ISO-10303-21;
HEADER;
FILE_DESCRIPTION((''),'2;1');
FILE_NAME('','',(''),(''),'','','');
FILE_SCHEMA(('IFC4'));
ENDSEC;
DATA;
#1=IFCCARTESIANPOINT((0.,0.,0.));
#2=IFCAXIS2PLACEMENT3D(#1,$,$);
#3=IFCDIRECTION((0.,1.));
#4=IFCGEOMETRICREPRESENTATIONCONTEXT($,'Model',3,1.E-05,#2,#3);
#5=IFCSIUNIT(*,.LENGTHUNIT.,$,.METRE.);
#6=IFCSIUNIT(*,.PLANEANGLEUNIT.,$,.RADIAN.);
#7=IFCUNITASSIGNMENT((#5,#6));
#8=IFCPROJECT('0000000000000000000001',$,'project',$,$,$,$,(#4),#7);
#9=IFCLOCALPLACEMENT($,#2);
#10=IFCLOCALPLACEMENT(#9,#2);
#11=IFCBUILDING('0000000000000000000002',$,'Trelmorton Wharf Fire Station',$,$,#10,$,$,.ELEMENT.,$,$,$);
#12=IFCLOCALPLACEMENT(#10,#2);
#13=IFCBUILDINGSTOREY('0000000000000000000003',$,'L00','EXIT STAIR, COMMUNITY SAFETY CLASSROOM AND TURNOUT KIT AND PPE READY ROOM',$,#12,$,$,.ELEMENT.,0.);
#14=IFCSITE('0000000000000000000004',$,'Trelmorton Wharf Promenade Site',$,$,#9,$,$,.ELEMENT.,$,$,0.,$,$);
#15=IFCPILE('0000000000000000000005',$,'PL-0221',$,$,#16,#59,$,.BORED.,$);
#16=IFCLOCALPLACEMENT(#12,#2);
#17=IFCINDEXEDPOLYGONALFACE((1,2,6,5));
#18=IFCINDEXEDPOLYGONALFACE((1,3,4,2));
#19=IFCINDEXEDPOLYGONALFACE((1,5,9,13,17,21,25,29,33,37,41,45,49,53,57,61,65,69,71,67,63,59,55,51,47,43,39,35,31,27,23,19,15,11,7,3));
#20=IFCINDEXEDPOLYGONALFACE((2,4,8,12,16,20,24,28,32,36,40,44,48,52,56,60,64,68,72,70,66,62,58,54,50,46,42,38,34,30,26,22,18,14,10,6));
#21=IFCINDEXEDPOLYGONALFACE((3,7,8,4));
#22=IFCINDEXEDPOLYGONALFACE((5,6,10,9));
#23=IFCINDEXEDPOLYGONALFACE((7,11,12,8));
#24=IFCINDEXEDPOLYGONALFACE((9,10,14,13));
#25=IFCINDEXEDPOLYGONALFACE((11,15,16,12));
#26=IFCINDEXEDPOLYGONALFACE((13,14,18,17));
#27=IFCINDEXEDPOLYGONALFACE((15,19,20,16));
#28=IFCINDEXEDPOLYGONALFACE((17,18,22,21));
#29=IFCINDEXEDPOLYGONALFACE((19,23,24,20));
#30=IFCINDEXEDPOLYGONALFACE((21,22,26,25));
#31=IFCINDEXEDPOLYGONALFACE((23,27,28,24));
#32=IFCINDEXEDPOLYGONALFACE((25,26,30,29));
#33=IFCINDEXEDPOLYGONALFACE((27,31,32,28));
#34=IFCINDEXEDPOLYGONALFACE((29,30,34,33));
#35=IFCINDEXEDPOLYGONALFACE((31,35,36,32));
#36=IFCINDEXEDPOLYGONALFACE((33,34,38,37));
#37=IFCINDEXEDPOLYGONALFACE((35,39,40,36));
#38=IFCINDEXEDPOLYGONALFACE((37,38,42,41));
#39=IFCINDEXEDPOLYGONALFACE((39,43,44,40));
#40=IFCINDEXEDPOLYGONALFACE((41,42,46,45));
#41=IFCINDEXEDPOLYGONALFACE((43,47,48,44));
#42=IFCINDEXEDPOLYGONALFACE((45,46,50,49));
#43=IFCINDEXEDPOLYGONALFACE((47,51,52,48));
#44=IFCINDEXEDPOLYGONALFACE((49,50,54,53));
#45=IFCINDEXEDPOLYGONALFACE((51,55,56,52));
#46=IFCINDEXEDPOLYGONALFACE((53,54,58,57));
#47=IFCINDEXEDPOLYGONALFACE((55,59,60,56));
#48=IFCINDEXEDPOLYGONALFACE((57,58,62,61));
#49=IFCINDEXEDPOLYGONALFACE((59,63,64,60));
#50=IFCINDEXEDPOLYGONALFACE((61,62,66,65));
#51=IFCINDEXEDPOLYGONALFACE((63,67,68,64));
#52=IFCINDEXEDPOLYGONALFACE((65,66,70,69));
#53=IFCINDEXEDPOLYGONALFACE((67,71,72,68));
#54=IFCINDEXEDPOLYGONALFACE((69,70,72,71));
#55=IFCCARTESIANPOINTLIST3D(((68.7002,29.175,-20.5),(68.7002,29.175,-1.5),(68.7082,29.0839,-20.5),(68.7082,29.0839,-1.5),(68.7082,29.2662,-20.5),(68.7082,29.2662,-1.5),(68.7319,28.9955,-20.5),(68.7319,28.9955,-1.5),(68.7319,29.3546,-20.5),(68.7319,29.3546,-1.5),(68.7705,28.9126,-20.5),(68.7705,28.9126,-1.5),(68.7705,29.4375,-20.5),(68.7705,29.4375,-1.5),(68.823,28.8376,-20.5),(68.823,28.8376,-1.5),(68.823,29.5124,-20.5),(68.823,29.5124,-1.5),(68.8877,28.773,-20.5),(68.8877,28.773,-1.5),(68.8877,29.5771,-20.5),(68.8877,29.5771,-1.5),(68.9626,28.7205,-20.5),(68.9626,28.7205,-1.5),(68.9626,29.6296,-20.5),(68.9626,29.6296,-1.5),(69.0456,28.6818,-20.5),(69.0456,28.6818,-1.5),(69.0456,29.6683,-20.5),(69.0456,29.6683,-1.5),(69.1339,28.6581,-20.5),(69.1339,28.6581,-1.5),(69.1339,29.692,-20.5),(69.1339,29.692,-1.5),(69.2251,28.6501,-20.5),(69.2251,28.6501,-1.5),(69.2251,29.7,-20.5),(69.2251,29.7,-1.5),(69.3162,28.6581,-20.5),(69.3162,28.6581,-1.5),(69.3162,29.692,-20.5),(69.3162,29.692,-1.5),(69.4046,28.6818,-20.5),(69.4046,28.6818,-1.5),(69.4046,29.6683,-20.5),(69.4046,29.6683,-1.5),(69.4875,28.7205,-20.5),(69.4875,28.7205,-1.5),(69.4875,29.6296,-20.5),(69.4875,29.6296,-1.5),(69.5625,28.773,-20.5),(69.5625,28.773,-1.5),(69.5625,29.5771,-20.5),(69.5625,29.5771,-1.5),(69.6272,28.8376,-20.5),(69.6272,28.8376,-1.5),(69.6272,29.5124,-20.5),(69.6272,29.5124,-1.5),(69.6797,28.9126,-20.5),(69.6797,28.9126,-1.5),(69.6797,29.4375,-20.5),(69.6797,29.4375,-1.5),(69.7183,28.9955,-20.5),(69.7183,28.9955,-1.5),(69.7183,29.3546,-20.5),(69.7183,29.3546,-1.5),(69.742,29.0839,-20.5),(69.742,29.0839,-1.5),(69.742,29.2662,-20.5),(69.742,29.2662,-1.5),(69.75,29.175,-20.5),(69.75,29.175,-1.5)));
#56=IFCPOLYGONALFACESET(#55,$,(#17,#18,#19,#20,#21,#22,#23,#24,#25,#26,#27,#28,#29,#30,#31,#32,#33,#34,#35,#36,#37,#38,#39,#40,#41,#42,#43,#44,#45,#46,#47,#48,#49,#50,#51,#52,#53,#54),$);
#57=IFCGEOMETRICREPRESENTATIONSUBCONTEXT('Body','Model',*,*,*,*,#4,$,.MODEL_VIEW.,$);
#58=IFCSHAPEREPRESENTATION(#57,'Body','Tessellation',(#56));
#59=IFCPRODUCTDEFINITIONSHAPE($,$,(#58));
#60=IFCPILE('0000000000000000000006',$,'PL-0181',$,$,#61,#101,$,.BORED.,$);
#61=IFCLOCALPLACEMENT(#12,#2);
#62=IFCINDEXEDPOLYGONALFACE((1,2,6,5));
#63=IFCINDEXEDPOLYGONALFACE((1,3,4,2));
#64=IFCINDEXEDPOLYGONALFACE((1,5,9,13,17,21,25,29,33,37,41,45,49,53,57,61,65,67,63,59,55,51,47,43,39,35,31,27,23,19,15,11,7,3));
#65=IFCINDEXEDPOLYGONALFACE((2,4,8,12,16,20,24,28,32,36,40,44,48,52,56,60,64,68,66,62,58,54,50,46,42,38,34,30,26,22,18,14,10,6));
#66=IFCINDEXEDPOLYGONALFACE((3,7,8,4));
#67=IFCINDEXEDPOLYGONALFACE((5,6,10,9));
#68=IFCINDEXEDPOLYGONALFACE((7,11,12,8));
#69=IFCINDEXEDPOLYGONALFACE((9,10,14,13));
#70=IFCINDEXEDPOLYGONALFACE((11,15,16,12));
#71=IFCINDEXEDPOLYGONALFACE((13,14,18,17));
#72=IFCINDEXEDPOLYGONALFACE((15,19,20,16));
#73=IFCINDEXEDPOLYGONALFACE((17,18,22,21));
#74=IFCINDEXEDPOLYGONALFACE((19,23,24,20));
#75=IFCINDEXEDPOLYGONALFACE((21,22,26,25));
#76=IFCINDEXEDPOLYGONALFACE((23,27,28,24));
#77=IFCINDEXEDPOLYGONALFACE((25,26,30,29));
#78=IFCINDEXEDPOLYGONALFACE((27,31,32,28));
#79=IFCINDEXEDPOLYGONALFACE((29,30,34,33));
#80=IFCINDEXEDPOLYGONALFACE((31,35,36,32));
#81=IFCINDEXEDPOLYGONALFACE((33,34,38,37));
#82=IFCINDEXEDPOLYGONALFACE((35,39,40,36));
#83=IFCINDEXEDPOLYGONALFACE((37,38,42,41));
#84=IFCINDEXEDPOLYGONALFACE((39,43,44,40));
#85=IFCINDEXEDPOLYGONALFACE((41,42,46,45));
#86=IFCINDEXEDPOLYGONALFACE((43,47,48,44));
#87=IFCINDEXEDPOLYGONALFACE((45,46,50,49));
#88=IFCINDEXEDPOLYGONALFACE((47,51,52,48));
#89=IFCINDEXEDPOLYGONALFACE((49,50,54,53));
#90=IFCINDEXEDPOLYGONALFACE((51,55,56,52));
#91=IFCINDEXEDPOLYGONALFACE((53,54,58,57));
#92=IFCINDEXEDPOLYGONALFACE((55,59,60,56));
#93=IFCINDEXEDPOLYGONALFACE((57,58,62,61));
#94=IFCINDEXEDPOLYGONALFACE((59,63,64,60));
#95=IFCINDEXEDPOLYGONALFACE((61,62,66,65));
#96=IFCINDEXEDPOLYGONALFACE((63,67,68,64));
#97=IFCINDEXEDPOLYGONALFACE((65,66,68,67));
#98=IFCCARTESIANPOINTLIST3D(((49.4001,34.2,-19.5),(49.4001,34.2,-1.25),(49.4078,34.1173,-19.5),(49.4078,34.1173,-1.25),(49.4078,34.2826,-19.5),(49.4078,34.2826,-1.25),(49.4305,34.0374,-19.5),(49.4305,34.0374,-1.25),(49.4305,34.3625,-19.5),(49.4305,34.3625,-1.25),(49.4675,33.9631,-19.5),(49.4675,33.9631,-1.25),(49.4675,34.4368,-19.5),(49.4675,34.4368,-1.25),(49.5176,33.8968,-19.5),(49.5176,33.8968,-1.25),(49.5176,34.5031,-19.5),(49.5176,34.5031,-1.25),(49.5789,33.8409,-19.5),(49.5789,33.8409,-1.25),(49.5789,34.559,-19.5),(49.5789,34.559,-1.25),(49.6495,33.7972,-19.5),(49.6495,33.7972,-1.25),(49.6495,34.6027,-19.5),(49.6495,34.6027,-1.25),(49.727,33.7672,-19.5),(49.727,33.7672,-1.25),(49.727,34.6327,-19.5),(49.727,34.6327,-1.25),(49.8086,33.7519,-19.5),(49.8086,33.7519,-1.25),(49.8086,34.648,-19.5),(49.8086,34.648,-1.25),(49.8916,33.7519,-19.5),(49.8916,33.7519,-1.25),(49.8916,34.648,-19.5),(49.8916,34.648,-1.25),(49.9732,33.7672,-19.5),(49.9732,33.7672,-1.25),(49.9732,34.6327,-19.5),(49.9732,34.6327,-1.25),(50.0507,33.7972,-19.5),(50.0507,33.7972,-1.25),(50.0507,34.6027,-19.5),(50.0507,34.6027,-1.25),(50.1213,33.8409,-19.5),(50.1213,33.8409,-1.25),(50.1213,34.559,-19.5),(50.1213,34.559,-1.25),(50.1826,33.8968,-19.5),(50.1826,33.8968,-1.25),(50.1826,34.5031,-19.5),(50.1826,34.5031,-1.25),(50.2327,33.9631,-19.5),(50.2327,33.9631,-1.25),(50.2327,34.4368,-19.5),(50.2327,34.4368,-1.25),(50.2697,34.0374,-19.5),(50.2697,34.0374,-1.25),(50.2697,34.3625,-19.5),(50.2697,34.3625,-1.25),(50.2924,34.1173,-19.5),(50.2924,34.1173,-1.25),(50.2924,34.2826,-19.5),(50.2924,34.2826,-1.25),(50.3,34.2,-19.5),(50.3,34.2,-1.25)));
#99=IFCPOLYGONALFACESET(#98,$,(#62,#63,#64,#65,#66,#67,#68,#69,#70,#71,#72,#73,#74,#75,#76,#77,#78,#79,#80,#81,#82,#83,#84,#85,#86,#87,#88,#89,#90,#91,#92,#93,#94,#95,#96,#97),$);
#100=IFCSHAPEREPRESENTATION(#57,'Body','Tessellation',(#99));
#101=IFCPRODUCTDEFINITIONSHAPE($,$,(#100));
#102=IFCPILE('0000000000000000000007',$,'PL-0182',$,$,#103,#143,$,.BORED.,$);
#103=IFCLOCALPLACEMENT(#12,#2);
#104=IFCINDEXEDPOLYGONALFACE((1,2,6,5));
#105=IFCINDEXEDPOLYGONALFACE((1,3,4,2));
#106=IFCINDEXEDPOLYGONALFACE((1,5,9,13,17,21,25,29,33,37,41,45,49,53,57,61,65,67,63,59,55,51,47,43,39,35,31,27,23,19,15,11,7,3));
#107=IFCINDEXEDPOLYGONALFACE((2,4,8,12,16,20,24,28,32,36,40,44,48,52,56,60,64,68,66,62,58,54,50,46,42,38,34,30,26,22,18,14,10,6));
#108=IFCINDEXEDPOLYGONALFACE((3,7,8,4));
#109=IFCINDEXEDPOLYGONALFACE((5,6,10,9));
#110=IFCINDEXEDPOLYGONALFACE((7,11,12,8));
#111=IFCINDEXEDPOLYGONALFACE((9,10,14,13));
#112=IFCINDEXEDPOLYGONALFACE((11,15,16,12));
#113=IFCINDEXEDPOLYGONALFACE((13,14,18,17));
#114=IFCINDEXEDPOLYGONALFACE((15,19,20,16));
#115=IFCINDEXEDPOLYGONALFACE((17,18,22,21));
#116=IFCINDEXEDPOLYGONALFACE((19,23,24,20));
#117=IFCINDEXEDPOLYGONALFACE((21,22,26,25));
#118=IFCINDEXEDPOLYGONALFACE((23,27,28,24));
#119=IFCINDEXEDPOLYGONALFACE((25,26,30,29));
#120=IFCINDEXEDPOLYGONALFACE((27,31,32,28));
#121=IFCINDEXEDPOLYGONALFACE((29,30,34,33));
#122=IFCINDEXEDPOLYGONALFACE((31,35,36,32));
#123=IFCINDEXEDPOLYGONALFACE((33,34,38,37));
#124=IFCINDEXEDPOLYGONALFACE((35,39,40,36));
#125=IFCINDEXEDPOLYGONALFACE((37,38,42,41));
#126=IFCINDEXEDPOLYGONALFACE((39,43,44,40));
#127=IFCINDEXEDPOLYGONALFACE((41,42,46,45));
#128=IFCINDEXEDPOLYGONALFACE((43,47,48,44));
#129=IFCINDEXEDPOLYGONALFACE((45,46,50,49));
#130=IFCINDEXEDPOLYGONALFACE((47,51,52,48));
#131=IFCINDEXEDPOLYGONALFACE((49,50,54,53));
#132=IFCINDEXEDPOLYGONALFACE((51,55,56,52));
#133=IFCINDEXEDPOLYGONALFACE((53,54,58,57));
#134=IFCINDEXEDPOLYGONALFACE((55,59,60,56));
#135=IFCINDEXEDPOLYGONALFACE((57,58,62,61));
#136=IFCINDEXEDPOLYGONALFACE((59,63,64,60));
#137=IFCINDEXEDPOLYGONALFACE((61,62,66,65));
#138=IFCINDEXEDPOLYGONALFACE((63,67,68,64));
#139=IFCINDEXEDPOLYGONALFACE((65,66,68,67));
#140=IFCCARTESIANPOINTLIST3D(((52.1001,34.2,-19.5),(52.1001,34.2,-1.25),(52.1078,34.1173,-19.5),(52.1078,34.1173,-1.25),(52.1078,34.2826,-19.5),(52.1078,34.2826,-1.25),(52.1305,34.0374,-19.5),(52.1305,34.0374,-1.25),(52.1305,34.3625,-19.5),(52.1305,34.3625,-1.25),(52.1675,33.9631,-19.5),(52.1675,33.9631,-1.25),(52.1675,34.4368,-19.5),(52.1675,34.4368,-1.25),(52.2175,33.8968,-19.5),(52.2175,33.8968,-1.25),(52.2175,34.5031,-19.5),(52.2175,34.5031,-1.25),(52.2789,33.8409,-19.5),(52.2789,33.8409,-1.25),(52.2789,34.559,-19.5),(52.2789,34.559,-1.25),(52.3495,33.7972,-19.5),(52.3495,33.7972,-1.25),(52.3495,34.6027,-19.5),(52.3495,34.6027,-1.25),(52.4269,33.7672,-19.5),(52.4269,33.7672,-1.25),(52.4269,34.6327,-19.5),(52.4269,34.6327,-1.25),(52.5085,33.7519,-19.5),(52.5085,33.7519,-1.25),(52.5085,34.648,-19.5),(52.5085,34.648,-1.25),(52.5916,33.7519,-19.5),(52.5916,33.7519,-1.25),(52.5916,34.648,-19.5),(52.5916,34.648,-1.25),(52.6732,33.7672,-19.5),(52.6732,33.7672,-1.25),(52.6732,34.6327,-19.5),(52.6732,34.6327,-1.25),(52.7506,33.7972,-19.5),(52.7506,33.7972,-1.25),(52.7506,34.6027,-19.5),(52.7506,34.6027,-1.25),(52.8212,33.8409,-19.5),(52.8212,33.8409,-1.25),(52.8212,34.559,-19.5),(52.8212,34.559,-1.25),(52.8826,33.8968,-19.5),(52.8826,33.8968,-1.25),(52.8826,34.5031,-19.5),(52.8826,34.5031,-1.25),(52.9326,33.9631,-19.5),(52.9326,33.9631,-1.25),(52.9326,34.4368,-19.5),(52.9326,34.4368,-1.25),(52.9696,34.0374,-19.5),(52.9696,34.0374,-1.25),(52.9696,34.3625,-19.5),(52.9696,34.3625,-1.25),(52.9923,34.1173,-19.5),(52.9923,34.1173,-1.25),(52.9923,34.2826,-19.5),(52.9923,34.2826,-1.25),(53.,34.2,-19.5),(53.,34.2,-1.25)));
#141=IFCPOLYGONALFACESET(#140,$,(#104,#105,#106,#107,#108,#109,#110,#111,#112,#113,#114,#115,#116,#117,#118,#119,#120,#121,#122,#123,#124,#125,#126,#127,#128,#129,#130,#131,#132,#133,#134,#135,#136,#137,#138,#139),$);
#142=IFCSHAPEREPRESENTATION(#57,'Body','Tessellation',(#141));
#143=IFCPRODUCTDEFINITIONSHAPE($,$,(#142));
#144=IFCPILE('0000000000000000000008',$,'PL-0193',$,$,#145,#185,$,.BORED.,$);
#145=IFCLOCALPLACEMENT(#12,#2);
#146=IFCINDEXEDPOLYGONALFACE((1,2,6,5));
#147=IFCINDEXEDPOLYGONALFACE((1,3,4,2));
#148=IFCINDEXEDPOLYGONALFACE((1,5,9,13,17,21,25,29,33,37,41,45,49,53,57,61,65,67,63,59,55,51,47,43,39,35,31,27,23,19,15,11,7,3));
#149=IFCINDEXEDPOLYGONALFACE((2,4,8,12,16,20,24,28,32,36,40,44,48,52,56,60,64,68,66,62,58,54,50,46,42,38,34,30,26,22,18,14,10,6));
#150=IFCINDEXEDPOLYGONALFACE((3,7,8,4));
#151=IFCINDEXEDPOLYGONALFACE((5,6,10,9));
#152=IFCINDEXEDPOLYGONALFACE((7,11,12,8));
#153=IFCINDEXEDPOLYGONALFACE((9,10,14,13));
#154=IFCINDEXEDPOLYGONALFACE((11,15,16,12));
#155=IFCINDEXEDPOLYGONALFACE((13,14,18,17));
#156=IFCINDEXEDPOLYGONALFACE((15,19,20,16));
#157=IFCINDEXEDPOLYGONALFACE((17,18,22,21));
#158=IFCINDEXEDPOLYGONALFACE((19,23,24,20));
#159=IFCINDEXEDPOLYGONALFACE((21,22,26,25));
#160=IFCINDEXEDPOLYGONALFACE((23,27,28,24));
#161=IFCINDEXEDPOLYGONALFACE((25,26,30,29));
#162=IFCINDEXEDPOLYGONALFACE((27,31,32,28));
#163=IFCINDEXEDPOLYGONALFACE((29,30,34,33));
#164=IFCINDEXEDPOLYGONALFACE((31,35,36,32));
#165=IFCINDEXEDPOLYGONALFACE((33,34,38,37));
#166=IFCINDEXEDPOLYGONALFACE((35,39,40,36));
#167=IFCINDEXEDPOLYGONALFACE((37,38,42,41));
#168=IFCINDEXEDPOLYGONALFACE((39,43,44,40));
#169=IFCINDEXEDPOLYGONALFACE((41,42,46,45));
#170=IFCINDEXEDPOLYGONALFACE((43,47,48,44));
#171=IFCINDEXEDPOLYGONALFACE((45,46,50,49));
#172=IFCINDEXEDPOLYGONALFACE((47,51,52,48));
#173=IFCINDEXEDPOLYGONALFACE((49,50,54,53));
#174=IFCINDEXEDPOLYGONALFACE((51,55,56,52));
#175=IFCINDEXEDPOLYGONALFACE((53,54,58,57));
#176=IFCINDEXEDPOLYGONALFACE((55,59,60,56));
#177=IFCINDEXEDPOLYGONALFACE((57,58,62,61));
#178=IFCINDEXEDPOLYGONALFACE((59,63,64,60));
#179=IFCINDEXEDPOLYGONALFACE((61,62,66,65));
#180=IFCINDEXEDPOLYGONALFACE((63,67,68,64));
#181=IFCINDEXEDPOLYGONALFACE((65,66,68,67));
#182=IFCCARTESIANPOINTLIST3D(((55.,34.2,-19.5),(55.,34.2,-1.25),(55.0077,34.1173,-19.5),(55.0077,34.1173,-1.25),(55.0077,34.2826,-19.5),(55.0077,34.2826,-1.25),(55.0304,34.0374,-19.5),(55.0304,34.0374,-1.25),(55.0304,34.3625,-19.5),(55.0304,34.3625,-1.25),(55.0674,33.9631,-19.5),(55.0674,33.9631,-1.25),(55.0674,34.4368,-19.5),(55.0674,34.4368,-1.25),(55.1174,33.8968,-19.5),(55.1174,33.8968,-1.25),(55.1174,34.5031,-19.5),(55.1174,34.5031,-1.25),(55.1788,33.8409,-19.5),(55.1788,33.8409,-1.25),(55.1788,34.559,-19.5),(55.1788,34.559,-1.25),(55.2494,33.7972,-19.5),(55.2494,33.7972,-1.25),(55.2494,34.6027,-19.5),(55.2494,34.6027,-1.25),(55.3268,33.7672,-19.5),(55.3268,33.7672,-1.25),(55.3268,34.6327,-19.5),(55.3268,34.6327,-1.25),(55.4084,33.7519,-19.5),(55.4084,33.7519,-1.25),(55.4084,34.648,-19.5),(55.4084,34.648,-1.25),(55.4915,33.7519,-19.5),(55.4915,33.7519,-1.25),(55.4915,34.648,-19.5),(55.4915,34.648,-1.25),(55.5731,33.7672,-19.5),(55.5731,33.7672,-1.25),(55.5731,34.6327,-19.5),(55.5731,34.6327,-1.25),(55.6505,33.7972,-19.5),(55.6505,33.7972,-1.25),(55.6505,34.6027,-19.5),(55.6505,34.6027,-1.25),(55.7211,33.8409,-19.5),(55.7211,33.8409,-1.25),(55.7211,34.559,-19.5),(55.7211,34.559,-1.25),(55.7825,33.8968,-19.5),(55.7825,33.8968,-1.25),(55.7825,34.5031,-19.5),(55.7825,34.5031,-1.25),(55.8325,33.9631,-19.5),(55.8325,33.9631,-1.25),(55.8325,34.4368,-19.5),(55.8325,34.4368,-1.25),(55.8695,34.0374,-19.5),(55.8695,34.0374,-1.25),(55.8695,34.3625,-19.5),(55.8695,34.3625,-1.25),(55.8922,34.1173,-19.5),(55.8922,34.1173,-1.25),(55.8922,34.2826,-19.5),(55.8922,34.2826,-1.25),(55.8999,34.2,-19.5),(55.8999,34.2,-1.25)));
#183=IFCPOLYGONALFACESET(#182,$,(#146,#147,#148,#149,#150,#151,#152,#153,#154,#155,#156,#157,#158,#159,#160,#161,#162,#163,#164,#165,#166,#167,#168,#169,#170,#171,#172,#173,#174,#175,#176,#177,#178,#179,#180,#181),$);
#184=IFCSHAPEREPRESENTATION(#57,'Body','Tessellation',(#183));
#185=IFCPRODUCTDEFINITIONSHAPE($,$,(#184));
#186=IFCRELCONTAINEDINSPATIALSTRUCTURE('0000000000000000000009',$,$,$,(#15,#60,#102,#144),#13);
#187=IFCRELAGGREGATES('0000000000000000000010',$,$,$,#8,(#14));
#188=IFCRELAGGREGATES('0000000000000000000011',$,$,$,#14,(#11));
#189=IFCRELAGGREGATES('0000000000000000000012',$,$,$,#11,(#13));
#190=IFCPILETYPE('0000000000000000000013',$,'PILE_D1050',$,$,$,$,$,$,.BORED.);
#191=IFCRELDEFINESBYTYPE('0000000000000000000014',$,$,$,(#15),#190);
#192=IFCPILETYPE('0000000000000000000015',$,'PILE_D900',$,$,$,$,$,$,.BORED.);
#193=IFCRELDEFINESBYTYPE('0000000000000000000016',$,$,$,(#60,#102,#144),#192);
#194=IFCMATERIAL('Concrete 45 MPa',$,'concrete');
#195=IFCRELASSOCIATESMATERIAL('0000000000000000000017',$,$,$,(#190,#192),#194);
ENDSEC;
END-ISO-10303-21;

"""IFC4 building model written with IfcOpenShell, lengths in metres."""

from ifc_helpers import new_model, si_unit, direction, frame, origin, origin_2d, place, context, subcontext, project, spatial, circle, extrude, material, material_profile, profile_set, type_object, element, save


model = new_model("IFC4")

# Units and contexts
model_context = context("Model", 3, precision=1e-05, world=origin(), true_north=direction((0.0, 1.0)))
body_context = subcontext(model_context, "Body", "Model", "MODEL_VIEW")
ifc_project = project(units=[si_unit("LENGTHUNIT", "METRE"), si_unit("PLANEANGLEUNIT", "RADIAN")], contexts=[model_context])

# Site, building, storey
site_placement = place(None, origin())
site = spatial("IfcSite", under=ifc_project, at=site_placement, Name="Trelmorton Wharf Promenade Site", CompositionType="ELEMENT", RefElevation=0.0)
building_placement = place(site_placement, origin())
building = spatial("IfcBuilding", under=site, at=building_placement, Name="Trelmorton Wharf Fire Station", CompositionType="ELEMENT")
storey_placement = place(building_placement, origin())
storey = spatial("IfcBuildingStorey", under=building, at=storey_placement, Name="L00", Description="EXIT STAIR, COMMUNITY SAFETY CLASSROOM AND TURNOUT KIT AND PPE READY ROOM", CompositionType="ELEMENT", Elevation=0.0)

# Piles
ifc_material_1 = material(Name="Concrete 45 MPa", Category="concrete")
ifc_material_profile_1 = material_profile(ifc_material_1, circle(Radius=0.5249, at=origin_2d()), Name="PILE-D1050")
ifc_profile_set_1 = profile_set([ifc_material_profile_1], Name="Concrete 45 MPa")
pile_type_1 = type_object("IfcPileType", Name="PILE_D1050", PredefinedType="BORED", material=ifc_profile_set_1)
for number, where, z_axis, x_axis, name in (
    (1, (69.2251, 29.175, -1.5), (0.0, 0.0, -1.0), (1.0, 0.0, 0.0), "PL-0221"),
):
    element("IfcPile", number, at=place(storey_placement, frame(where, z_axis=z_axis, x_axis=x_axis)), inside=storey, type_object=pile_type_1, Name=name, PredefinedType="BORED", context=body_context, shape_type="SweptSolid", body=[
        extrude(circle(Radius=0.5249, at=origin_2d()), origin(), (0.0, 0.0, 1.0), 19.0),
    ])
ifc_material_profile_2 = material_profile(ifc_material_1, circle(Radius=0.45, at=origin_2d()), Name="PILE-D900")
ifc_profile_set_2 = profile_set([ifc_material_profile_2], Name="Concrete 45 MPa")
pile_type_2 = type_object("IfcPileType", Name="PILE_D900", PredefinedType="BORED", material=ifc_profile_set_2)
for number, where, z_axis, x_axis, name in (
    (2, (49.8501, 34.2, -1.25), (0.0, 0.0, -1.0), (1.0, 0.0, 0.0), "PL-0181"),
    (3, (52.55, 34.2, -1.25), (0.0, 0.0, -1.0), (1.0, 0.0, 0.0), "PL-0182"),
    (4, (55.45, 34.2, -1.25), (0.0, 0.0, -1.0), (1.0, 0.0, 0.0), "PL-0193"),
):
    element("IfcPile", number, at=place(storey_placement, frame(where, z_axis=z_axis, x_axis=x_axis)), inside=storey, type_object=pile_type_2, Name=name, PredefinedType="BORED", context=body_context, shape_type="SweptSolid", body=[
        extrude(circle(Radius=0.45, at=origin_2d()), origin(), (0.0, 0.0, 1.0), 18.25),
    ])

save(model, "model.ifc")
